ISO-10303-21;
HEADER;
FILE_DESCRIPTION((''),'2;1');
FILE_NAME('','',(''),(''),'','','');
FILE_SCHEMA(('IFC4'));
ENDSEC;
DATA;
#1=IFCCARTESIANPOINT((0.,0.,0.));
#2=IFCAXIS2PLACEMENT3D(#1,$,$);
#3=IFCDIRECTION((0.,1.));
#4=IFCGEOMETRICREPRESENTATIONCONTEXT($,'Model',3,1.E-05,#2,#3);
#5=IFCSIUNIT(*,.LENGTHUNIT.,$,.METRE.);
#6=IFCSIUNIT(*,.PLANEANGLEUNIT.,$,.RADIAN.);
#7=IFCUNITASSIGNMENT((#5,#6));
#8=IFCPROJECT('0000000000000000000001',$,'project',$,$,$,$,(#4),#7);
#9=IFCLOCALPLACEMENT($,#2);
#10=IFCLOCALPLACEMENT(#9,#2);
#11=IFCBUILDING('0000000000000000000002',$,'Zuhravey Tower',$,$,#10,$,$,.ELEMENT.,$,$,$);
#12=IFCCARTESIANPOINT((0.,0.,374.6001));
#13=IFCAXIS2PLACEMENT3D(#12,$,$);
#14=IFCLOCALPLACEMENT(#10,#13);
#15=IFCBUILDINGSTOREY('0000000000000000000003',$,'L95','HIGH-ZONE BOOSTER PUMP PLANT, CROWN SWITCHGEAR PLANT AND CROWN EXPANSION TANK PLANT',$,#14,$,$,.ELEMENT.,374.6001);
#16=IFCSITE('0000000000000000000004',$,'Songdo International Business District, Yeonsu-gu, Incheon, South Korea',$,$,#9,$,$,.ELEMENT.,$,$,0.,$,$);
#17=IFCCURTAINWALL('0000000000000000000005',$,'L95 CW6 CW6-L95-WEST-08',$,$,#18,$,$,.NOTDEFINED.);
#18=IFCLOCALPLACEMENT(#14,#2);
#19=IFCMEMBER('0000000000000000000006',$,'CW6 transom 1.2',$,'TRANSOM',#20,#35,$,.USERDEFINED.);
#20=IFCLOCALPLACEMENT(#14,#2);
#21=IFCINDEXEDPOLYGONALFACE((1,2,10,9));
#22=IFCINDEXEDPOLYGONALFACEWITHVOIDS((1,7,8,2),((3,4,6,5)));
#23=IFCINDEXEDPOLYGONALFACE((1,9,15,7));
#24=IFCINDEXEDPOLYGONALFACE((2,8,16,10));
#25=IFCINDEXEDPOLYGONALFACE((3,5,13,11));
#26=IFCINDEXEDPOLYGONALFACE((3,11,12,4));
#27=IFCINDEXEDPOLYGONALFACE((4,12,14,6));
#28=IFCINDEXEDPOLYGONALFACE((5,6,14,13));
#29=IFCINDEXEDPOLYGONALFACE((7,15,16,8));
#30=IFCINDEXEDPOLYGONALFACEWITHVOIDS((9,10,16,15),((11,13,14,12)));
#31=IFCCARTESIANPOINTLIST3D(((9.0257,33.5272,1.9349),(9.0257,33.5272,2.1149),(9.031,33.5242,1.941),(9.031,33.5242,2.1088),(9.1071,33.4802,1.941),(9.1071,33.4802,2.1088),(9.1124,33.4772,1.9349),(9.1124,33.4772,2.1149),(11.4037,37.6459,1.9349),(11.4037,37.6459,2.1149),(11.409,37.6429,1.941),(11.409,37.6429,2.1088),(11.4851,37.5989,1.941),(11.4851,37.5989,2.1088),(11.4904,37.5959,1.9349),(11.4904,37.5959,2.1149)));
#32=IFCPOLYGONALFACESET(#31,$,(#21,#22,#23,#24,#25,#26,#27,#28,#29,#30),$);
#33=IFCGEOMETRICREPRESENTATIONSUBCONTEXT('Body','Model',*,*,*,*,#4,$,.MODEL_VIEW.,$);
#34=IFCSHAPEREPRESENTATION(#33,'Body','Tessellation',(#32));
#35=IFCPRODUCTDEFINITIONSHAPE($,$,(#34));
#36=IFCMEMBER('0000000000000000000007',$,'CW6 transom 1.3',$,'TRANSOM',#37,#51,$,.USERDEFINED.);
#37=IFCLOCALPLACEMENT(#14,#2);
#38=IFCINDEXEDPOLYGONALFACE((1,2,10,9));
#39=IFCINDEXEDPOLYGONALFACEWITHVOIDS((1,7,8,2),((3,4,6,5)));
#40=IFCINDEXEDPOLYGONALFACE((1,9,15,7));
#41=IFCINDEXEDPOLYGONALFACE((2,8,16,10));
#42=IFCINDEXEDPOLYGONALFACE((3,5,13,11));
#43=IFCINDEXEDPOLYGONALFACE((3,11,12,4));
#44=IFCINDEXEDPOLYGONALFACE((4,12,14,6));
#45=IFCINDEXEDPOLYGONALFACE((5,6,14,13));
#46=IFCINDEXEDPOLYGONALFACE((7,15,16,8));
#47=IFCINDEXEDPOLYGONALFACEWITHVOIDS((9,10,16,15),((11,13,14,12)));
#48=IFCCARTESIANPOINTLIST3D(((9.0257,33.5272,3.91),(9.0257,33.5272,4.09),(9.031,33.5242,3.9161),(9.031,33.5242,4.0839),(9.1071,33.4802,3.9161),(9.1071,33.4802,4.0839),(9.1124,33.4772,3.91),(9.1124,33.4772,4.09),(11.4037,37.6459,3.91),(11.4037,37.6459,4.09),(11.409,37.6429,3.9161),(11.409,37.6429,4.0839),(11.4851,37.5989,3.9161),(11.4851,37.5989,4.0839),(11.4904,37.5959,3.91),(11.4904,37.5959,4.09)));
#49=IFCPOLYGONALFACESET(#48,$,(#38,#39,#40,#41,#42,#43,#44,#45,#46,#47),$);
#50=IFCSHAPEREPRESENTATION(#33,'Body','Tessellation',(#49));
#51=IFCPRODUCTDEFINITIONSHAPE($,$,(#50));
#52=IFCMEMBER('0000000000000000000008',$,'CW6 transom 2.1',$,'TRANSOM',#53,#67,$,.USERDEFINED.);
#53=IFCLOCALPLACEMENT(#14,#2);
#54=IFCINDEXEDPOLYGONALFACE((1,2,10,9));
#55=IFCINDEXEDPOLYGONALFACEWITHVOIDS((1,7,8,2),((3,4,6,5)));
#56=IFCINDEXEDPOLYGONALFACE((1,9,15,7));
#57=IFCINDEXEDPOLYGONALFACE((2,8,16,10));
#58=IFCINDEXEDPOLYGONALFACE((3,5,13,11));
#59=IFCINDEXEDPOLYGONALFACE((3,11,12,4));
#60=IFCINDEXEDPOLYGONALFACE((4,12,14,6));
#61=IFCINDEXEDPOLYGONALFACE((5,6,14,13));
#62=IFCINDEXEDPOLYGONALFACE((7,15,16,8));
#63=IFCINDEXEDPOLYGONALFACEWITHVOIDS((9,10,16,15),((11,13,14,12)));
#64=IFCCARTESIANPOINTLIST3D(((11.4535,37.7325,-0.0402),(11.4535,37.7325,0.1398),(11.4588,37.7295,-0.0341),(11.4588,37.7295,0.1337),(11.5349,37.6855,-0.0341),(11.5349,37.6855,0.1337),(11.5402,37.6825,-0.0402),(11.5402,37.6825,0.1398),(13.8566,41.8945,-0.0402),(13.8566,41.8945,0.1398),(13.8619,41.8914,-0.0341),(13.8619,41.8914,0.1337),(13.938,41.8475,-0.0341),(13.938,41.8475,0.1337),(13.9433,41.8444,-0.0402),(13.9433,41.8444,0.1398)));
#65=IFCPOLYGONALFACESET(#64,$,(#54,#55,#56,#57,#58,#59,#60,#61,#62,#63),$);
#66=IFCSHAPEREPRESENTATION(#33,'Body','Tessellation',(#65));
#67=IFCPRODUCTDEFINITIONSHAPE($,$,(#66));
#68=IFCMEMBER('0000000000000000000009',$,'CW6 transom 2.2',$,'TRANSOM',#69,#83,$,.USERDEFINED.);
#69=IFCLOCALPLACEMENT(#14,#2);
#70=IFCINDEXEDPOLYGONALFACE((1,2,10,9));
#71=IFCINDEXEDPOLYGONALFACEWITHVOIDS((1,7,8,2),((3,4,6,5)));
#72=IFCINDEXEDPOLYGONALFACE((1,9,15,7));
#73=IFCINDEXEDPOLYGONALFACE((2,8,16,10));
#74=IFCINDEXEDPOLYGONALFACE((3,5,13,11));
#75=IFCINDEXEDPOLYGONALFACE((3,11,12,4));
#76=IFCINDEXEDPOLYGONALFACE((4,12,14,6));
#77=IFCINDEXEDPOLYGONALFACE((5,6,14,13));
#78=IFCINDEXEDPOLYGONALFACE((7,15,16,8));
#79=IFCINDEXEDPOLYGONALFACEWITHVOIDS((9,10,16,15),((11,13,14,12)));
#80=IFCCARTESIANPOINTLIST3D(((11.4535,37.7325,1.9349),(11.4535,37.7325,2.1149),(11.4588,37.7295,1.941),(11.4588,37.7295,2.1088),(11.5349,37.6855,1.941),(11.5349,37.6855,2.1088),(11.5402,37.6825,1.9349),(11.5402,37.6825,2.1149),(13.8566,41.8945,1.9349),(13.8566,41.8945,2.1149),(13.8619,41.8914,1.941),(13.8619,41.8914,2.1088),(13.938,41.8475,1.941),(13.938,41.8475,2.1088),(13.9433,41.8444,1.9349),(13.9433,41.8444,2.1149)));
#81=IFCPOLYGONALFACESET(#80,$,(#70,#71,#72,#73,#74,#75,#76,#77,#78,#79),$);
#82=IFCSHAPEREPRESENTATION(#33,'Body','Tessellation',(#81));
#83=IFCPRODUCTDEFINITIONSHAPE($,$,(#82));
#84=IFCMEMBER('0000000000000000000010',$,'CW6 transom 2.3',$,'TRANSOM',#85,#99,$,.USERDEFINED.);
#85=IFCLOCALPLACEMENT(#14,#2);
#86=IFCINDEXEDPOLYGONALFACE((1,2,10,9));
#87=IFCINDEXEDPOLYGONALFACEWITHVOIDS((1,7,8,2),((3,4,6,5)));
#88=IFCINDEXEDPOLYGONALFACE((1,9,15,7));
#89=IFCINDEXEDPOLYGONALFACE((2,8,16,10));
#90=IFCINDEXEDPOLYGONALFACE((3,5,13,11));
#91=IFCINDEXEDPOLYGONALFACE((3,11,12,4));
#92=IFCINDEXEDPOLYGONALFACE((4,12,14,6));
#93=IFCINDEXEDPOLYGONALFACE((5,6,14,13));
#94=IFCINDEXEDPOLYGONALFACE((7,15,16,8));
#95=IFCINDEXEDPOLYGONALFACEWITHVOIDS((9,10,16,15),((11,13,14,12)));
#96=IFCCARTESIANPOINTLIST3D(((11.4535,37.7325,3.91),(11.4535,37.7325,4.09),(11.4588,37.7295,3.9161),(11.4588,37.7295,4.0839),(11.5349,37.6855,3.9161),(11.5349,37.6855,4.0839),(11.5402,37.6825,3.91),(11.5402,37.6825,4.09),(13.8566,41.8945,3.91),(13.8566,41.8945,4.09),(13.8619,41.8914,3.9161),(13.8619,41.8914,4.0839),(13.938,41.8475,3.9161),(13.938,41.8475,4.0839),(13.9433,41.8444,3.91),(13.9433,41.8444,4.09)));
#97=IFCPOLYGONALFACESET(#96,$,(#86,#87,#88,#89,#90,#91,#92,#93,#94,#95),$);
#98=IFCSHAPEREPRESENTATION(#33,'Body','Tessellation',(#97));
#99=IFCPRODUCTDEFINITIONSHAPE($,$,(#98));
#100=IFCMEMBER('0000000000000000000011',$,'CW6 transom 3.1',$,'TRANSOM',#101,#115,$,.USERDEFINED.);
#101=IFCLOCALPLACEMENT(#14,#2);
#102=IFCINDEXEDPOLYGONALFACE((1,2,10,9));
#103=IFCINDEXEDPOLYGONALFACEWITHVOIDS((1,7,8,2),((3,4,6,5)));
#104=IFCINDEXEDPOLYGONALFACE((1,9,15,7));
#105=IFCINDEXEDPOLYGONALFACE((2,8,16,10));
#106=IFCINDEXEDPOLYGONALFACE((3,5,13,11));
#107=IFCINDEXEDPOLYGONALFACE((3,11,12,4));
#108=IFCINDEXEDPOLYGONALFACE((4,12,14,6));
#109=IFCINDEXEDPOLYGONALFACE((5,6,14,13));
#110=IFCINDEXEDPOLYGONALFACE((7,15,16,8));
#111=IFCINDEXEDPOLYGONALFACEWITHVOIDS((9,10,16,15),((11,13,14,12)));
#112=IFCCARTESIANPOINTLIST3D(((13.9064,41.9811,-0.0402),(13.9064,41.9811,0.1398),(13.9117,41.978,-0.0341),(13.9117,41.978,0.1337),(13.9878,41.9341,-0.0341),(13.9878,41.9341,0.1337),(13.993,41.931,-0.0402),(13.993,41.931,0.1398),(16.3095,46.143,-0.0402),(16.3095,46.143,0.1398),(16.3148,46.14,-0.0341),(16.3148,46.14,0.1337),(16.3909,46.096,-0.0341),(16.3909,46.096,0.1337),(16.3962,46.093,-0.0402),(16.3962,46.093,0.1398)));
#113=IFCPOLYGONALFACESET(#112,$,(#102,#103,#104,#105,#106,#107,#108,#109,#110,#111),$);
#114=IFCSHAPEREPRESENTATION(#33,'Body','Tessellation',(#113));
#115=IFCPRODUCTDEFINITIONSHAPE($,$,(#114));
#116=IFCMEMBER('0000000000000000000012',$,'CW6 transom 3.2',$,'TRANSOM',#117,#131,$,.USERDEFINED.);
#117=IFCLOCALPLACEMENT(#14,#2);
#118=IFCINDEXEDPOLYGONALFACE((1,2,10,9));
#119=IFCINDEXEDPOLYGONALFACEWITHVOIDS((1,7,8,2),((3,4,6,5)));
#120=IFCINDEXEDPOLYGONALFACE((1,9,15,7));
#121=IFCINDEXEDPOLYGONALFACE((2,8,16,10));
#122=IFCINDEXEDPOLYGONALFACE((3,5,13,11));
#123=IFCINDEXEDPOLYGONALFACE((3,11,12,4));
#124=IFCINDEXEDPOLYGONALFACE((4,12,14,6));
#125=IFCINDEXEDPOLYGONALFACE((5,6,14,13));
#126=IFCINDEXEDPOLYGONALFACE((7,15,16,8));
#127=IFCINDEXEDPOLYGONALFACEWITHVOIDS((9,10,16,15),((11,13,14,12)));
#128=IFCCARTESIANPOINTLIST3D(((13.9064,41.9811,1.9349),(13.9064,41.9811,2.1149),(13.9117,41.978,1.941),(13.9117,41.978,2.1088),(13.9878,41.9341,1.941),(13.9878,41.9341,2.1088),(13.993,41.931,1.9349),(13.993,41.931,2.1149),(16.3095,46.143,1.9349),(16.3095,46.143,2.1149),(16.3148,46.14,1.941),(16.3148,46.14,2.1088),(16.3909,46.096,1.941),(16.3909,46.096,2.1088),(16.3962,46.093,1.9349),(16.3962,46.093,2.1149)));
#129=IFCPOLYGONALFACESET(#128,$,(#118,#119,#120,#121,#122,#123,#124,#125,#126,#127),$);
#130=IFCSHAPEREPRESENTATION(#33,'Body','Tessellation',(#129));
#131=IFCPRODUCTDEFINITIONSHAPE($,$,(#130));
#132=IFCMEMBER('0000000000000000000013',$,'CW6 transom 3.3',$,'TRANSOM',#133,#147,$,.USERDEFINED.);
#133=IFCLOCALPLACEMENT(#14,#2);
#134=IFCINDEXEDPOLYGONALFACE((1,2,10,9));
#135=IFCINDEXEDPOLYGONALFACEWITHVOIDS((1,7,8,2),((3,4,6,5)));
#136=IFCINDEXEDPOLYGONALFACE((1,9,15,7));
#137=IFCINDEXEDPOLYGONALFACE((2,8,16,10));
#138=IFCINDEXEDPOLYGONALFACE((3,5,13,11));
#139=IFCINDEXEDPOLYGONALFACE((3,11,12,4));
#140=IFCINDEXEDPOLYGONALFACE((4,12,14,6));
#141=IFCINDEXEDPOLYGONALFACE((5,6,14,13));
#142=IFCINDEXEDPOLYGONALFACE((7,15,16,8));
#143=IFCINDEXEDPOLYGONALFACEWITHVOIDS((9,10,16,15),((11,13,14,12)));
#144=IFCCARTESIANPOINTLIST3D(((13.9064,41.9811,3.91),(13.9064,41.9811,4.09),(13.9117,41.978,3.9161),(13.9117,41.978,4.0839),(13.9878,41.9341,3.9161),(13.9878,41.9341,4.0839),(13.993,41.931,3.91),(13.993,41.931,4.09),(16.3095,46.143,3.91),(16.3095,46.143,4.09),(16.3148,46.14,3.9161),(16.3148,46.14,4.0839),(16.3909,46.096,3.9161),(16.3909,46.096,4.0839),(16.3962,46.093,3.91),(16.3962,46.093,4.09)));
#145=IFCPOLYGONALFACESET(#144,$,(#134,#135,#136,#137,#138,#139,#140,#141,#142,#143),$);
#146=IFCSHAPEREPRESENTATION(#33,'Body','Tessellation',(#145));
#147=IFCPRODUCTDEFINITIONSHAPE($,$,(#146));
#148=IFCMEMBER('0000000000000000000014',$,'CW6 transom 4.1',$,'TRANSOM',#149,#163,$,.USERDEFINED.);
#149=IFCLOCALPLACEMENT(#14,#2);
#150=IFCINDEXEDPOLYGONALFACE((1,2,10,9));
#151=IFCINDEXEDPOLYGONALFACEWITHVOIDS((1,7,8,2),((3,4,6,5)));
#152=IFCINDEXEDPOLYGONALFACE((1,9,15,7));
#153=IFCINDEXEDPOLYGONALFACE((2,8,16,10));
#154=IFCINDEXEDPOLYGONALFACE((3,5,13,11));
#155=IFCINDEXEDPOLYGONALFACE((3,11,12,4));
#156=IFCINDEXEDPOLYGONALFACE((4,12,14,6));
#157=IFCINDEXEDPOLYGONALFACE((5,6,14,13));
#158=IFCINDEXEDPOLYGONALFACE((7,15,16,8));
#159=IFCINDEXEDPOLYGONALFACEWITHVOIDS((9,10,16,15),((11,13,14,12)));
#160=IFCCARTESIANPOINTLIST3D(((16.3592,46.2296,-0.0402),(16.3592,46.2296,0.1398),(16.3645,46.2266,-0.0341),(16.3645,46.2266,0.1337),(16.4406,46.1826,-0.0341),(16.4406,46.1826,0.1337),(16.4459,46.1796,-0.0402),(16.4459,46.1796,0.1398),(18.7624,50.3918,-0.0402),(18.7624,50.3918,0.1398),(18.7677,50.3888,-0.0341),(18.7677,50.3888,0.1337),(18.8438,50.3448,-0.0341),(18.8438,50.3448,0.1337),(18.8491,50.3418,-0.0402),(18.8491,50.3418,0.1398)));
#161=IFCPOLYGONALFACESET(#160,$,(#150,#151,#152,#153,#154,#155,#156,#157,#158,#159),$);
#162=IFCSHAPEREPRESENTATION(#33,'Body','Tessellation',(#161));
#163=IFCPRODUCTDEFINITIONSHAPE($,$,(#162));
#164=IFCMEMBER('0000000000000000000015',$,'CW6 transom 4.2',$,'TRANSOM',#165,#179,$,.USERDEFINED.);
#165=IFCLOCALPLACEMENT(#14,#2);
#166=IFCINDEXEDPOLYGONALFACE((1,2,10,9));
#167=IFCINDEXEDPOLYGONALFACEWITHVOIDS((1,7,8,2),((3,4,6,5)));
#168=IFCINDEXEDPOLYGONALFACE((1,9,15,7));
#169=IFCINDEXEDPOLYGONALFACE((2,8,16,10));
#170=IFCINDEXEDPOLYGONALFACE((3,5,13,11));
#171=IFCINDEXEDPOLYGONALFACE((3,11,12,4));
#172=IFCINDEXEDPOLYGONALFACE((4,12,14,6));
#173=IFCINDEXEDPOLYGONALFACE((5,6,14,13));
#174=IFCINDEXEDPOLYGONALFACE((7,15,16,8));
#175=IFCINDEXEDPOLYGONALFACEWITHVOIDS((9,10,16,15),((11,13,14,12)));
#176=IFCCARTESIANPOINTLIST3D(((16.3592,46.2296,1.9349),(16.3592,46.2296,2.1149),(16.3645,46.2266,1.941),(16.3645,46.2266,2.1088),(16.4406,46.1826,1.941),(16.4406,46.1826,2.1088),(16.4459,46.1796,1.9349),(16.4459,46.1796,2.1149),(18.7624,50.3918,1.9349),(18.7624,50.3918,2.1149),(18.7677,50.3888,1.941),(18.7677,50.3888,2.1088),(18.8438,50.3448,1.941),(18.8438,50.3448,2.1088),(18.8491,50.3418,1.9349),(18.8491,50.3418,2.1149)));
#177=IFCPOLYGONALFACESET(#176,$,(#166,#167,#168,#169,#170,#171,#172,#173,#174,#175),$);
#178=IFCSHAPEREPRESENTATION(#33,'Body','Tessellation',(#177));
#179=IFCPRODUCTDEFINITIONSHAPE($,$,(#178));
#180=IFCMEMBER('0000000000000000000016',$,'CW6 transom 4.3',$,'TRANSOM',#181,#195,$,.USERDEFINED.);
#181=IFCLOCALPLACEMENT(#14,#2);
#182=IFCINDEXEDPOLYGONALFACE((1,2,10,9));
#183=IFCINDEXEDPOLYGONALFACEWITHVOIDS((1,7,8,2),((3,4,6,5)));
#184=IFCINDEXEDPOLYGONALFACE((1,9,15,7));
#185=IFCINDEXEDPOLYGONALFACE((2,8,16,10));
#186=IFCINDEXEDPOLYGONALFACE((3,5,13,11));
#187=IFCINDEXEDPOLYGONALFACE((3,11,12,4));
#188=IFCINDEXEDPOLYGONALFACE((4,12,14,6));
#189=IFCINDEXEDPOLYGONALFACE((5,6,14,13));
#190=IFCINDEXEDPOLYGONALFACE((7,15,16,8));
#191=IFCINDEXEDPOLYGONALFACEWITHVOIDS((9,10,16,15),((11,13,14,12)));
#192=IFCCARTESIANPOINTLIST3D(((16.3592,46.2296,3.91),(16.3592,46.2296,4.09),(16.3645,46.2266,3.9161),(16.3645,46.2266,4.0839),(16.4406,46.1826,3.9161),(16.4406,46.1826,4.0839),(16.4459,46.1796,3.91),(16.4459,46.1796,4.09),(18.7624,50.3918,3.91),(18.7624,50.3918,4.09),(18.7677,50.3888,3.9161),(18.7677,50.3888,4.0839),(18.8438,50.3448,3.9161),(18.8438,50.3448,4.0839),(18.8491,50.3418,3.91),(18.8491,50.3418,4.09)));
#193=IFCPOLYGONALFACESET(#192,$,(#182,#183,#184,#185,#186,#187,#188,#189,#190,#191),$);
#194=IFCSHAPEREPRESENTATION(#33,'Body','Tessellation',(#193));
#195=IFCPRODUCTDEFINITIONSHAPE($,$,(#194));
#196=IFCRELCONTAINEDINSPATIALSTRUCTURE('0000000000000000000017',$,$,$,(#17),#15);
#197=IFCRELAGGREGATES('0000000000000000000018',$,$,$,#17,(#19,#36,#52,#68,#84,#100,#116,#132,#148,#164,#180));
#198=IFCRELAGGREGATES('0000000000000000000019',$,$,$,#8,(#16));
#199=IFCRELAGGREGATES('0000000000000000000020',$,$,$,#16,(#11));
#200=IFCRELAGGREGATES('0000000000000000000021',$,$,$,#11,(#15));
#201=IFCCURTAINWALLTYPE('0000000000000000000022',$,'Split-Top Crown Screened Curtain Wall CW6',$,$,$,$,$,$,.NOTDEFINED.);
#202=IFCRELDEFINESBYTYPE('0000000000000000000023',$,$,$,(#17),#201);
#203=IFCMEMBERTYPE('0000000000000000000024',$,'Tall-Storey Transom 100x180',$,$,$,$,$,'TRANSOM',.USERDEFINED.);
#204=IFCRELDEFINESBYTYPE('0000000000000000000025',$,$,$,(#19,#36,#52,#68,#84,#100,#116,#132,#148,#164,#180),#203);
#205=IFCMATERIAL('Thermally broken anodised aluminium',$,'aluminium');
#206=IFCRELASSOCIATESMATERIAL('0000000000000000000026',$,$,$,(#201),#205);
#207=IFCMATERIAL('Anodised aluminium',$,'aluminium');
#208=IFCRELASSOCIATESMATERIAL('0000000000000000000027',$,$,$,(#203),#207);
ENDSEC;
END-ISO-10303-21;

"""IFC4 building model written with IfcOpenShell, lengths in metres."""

from ifc_helpers import new_model, si_unit, direction, frame, origin, origin_2d, place, context, subcontext, project, spatial, hollow_rectangle, extrude, material, material_profile, profile_set, type_object, element, aggregate, save


model = new_model("IFC4")

# Units and contexts
model_context = context("Model", 3, precision=1e-05, world=origin(), true_north=direction((0.0, 1.0)))
body_context = subcontext(model_context, "Body", "Model", "MODEL_VIEW")
ifc_project = project(units=[si_unit("LENGTHUNIT", "METRE"), si_unit("PLANEANGLEUNIT", "RADIAN")], contexts=[model_context])

# Site, building, storey
site_placement = place(None, origin())
site = spatial("IfcSite", under=ifc_project, at=site_placement, Name="Songdo International Business District, Yeonsu-gu, Incheon, South Korea", CompositionType="ELEMENT", RefElevation=0.0)
building_placement = place(site_placement, origin())
building = spatial("IfcBuilding", under=site, at=building_placement, Name="Zuhravey Tower", CompositionType="ELEMENT")
storey_placement = place(building_placement, frame((0.0, 0.0, 374.6001)))
storey = spatial("IfcBuildingStorey", under=building, at=storey_placement, Name="L95", Description="HIGH-ZONE BOOSTER PUMP PLANT, CROWN SWITCHGEAR PLANT AND CROWN EXPANSION TANK PLANT", CompositionType="ELEMENT", Elevation=374.6001)

# Shared definitions
ifc_material_1 = material(Name="Thermally broken anodised aluminium", Category="aluminium")
curtain_wall_type = type_object("IfcCurtainWallType", Name="Split-Top Crown Screened Curtain Wall CW6", PredefinedType="NOTDEFINED", material=ifc_material_1)
ifc_material_2 = material(Name="Anodised aluminium", Category="aluminium")

# Curtain wall
curtain_wall_1_placement = place(storey_placement, origin())
curtain_wall_1 = element("IfcCurtainWall", 1, at=curtain_wall_1_placement, inside=storey, type_object=curtain_wall_type, Name="L95 CW6 CW6-L95-WEST-08", PredefinedType="NOTDEFINED")

# Members
ifc_material_profile_1 = material_profile(ifc_material_2, hollow_rectangle(XDim=0.1001, YDim=0.1799, WallThickness=0.0061, at=origin_2d()), Name="ALU-RHS-100x180x6")
ifc_profile_set_1 = profile_set([ifc_material_profile_1], Name="Anodised aluminium")
member_type_1 = type_object("IfcMemberType", Name="Tall-Storey Transom 100x180", ElementType="TRANSOM", PredefinedType="USERDEFINED", material=ifc_profile_set_1)
member_1_placement = place(storey_placement, frame((9.0691, 33.5022, 2.0249), z_axis=(0.500004, 0.866023, 0.0), x_axis=(-0.866023, 0.500004, 0.0)))
member_1 = element("IfcMember", 2, at=member_1_placement, type_object=member_type_1, Name="CW6 transom 1.2", ObjectType="TRANSOM", PredefinedType="USERDEFINED", context=body_context, shape_type="SweptSolid", body=[
    extrude(hollow_rectangle(XDim=0.1001, YDim=0.1799, WallThickness=0.0061, at=origin_2d()), origin(), (0.0, 0.0, 1.0), 4.7559),
])
member_2_placement = place(storey_placement, frame((9.0691, 33.5022, 4.0), z_axis=(0.500004, 0.866023, 0.0), x_axis=(-0.866023, 0.500004, 0.0)))
member_2 = element("IfcMember", 3, at=member_2_placement, type_object=member_type_1, Name="CW6 transom 1.3", ObjectType="TRANSOM", PredefinedType="USERDEFINED", context=body_context, shape_type="SweptSolid", body=[
    extrude(hollow_rectangle(XDim=0.1001, YDim=0.1799, WallThickness=0.0061, at=origin_2d()), origin(), (0.0, 0.0, 1.0), 4.7559),
])
member_3_placement = place(storey_placement, frame((11.4968, 37.7075, 0.0498), z_axis=(0.500035, 0.866005, 0.0), x_axis=(-0.866005, 0.500035, 0.0)))
member_3 = element("IfcMember", 4, at=member_3_placement, type_object=member_type_1, Name="CW6 transom 2.1", ObjectType="TRANSOM", PredefinedType="USERDEFINED", context=body_context, shape_type="SweptSolid", body=[
    extrude(hollow_rectangle(XDim=0.1001, YDim=0.1799, WallThickness=0.0061, at=origin_2d()), origin(), (0.0, 0.0, 1.0), 4.8059),
])
member_4_placement = place(storey_placement, frame((11.4968, 37.7075, 2.0249), z_axis=(0.500035, 0.866005, 0.0), x_axis=(-0.866005, 0.500035, 0.0)))
member_4 = element("IfcMember", 5, at=member_4_placement, type_object=member_type_1, Name="CW6 transom 2.2", ObjectType="TRANSOM", PredefinedType="USERDEFINED", context=body_context, shape_type="SweptSolid", body=[
    extrude(hollow_rectangle(XDim=0.1001, YDim=0.1799, WallThickness=0.0061, at=origin_2d()), origin(), (0.0, 0.0, 1.0), 4.8059),
])
member_5_placement = place(storey_placement, frame((11.4968, 37.7075, 4.0), z_axis=(0.500035, 0.866005, 0.0), x_axis=(-0.866005, 0.500035, 0.0)))
member_5 = element("IfcMember", 6, at=member_5_placement, type_object=member_type_1, Name="CW6 transom 2.3", ObjectType="TRANSOM", PredefinedType="USERDEFINED", context=body_context, shape_type="SweptSolid", body=[
    extrude(hollow_rectangle(XDim=0.1001, YDim=0.1799, WallThickness=0.0061, at=origin_2d()), origin(), (0.0, 0.0, 1.0), 4.8059),
])
member_6_placement = place(storey_placement, frame((13.9497, 41.9561, 0.0498), z_axis=(0.500035, 0.866005, 0.0), x_axis=(-0.866005, 0.500035, 0.0)))
member_6 = element("IfcMember", 7, at=member_6_placement, type_object=member_type_1, Name="CW6 transom 3.1", ObjectType="TRANSOM", PredefinedType="USERDEFINED", context=body_context, shape_type="SweptSolid", body=[
    extrude(hollow_rectangle(XDim=0.1001, YDim=0.1799, WallThickness=0.0061, at=origin_2d()), origin(), (0.0, 0.0, 1.0), 4.8059),
])
member_7_placement = place(storey_placement, frame((13.9497, 41.9561, 2.0249), z_axis=(0.500035, 0.866005, 0.0), x_axis=(-0.866005, 0.500035, 0.0)))
member_7 = element("IfcMember", 8, at=member_7_placement, type_object=member_type_1, Name="CW6 transom 3.2", ObjectType="TRANSOM", PredefinedType="USERDEFINED", context=body_context, shape_type="SweptSolid", body=[
    extrude(hollow_rectangle(XDim=0.1001, YDim=0.1799, WallThickness=0.0061, at=origin_2d()), origin(), (0.0, 0.0, 1.0), 4.8059),
])
member_8_placement = place(storey_placement, frame((13.9497, 41.9561, 4.0), z_axis=(0.500035, 0.866005, 0.0), x_axis=(-0.866005, 0.500035, 0.0)))
member_8 = element("IfcMember", 9, at=member_8_placement, type_object=member_type_1, Name="CW6 transom 3.3", ObjectType="TRANSOM", PredefinedType="USERDEFINED", context=body_context, shape_type="SweptSolid", body=[
    extrude(hollow_rectangle(XDim=0.1001, YDim=0.1799, WallThickness=0.0061, at=origin_2d()), origin(), (0.0, 0.0, 1.0), 4.8059),
])
member_9_placement = place(storey_placement, frame((16.4026, 46.2046, 0.0498), z_axis=(0.500013, 0.866018, 0.0), x_axis=(-0.866018, 0.500013, 0.0)))
member_9 = element("IfcMember", 10, at=member_9_placement, type_object=member_type_1, Name="CW6 transom 4.1", ObjectType="TRANSOM", PredefinedType="USERDEFINED", context=body_context, shape_type="SweptSolid", body=[
    extrude(hollow_rectangle(XDim=0.1001, YDim=0.1799, WallThickness=0.0061, at=origin_2d()), origin(), (0.0, 0.0, 1.0), 4.8062),
])
member_10_placement = place(storey_placement, frame((16.4026, 46.2046, 2.0249), z_axis=(0.500013, 0.866018, 0.0), x_axis=(-0.866018, 0.500013, 0.0)))
member_10 = element("IfcMember", 11, at=member_10_placement, type_object=member_type_1, Name="CW6 transom 4.2", ObjectType="TRANSOM", PredefinedType="USERDEFINED", context=body_context, shape_type="SweptSolid", body=[
    extrude(hollow_rectangle(XDim=0.1001, YDim=0.1799, WallThickness=0.0061, at=origin_2d()), origin(), (0.0, 0.0, 1.0), 4.8062),
])
member_11_placement = place(storey_placement, frame((16.4026, 46.2046, 4.0), z_axis=(0.500013, 0.866018, 0.0), x_axis=(-0.866018, 0.500013, 0.0)))
member_11 = element("IfcMember", 12, at=member_11_placement, type_object=member_type_1, Name="CW6 transom 4.3", ObjectType="TRANSOM", PredefinedType="USERDEFINED", context=body_context, shape_type="SweptSolid", body=[
    extrude(hollow_rectangle(XDim=0.1001, YDim=0.1799, WallThickness=0.0061, at=origin_2d()), origin(), (0.0, 0.0, 1.0), 4.8062),
])

aggregate(curtain_wall_1, [member_1, member_2, member_3, member_4, member_5, member_6, member_7, member_8, member_9, member_10, member_11])

save(model, "model.ifc")
